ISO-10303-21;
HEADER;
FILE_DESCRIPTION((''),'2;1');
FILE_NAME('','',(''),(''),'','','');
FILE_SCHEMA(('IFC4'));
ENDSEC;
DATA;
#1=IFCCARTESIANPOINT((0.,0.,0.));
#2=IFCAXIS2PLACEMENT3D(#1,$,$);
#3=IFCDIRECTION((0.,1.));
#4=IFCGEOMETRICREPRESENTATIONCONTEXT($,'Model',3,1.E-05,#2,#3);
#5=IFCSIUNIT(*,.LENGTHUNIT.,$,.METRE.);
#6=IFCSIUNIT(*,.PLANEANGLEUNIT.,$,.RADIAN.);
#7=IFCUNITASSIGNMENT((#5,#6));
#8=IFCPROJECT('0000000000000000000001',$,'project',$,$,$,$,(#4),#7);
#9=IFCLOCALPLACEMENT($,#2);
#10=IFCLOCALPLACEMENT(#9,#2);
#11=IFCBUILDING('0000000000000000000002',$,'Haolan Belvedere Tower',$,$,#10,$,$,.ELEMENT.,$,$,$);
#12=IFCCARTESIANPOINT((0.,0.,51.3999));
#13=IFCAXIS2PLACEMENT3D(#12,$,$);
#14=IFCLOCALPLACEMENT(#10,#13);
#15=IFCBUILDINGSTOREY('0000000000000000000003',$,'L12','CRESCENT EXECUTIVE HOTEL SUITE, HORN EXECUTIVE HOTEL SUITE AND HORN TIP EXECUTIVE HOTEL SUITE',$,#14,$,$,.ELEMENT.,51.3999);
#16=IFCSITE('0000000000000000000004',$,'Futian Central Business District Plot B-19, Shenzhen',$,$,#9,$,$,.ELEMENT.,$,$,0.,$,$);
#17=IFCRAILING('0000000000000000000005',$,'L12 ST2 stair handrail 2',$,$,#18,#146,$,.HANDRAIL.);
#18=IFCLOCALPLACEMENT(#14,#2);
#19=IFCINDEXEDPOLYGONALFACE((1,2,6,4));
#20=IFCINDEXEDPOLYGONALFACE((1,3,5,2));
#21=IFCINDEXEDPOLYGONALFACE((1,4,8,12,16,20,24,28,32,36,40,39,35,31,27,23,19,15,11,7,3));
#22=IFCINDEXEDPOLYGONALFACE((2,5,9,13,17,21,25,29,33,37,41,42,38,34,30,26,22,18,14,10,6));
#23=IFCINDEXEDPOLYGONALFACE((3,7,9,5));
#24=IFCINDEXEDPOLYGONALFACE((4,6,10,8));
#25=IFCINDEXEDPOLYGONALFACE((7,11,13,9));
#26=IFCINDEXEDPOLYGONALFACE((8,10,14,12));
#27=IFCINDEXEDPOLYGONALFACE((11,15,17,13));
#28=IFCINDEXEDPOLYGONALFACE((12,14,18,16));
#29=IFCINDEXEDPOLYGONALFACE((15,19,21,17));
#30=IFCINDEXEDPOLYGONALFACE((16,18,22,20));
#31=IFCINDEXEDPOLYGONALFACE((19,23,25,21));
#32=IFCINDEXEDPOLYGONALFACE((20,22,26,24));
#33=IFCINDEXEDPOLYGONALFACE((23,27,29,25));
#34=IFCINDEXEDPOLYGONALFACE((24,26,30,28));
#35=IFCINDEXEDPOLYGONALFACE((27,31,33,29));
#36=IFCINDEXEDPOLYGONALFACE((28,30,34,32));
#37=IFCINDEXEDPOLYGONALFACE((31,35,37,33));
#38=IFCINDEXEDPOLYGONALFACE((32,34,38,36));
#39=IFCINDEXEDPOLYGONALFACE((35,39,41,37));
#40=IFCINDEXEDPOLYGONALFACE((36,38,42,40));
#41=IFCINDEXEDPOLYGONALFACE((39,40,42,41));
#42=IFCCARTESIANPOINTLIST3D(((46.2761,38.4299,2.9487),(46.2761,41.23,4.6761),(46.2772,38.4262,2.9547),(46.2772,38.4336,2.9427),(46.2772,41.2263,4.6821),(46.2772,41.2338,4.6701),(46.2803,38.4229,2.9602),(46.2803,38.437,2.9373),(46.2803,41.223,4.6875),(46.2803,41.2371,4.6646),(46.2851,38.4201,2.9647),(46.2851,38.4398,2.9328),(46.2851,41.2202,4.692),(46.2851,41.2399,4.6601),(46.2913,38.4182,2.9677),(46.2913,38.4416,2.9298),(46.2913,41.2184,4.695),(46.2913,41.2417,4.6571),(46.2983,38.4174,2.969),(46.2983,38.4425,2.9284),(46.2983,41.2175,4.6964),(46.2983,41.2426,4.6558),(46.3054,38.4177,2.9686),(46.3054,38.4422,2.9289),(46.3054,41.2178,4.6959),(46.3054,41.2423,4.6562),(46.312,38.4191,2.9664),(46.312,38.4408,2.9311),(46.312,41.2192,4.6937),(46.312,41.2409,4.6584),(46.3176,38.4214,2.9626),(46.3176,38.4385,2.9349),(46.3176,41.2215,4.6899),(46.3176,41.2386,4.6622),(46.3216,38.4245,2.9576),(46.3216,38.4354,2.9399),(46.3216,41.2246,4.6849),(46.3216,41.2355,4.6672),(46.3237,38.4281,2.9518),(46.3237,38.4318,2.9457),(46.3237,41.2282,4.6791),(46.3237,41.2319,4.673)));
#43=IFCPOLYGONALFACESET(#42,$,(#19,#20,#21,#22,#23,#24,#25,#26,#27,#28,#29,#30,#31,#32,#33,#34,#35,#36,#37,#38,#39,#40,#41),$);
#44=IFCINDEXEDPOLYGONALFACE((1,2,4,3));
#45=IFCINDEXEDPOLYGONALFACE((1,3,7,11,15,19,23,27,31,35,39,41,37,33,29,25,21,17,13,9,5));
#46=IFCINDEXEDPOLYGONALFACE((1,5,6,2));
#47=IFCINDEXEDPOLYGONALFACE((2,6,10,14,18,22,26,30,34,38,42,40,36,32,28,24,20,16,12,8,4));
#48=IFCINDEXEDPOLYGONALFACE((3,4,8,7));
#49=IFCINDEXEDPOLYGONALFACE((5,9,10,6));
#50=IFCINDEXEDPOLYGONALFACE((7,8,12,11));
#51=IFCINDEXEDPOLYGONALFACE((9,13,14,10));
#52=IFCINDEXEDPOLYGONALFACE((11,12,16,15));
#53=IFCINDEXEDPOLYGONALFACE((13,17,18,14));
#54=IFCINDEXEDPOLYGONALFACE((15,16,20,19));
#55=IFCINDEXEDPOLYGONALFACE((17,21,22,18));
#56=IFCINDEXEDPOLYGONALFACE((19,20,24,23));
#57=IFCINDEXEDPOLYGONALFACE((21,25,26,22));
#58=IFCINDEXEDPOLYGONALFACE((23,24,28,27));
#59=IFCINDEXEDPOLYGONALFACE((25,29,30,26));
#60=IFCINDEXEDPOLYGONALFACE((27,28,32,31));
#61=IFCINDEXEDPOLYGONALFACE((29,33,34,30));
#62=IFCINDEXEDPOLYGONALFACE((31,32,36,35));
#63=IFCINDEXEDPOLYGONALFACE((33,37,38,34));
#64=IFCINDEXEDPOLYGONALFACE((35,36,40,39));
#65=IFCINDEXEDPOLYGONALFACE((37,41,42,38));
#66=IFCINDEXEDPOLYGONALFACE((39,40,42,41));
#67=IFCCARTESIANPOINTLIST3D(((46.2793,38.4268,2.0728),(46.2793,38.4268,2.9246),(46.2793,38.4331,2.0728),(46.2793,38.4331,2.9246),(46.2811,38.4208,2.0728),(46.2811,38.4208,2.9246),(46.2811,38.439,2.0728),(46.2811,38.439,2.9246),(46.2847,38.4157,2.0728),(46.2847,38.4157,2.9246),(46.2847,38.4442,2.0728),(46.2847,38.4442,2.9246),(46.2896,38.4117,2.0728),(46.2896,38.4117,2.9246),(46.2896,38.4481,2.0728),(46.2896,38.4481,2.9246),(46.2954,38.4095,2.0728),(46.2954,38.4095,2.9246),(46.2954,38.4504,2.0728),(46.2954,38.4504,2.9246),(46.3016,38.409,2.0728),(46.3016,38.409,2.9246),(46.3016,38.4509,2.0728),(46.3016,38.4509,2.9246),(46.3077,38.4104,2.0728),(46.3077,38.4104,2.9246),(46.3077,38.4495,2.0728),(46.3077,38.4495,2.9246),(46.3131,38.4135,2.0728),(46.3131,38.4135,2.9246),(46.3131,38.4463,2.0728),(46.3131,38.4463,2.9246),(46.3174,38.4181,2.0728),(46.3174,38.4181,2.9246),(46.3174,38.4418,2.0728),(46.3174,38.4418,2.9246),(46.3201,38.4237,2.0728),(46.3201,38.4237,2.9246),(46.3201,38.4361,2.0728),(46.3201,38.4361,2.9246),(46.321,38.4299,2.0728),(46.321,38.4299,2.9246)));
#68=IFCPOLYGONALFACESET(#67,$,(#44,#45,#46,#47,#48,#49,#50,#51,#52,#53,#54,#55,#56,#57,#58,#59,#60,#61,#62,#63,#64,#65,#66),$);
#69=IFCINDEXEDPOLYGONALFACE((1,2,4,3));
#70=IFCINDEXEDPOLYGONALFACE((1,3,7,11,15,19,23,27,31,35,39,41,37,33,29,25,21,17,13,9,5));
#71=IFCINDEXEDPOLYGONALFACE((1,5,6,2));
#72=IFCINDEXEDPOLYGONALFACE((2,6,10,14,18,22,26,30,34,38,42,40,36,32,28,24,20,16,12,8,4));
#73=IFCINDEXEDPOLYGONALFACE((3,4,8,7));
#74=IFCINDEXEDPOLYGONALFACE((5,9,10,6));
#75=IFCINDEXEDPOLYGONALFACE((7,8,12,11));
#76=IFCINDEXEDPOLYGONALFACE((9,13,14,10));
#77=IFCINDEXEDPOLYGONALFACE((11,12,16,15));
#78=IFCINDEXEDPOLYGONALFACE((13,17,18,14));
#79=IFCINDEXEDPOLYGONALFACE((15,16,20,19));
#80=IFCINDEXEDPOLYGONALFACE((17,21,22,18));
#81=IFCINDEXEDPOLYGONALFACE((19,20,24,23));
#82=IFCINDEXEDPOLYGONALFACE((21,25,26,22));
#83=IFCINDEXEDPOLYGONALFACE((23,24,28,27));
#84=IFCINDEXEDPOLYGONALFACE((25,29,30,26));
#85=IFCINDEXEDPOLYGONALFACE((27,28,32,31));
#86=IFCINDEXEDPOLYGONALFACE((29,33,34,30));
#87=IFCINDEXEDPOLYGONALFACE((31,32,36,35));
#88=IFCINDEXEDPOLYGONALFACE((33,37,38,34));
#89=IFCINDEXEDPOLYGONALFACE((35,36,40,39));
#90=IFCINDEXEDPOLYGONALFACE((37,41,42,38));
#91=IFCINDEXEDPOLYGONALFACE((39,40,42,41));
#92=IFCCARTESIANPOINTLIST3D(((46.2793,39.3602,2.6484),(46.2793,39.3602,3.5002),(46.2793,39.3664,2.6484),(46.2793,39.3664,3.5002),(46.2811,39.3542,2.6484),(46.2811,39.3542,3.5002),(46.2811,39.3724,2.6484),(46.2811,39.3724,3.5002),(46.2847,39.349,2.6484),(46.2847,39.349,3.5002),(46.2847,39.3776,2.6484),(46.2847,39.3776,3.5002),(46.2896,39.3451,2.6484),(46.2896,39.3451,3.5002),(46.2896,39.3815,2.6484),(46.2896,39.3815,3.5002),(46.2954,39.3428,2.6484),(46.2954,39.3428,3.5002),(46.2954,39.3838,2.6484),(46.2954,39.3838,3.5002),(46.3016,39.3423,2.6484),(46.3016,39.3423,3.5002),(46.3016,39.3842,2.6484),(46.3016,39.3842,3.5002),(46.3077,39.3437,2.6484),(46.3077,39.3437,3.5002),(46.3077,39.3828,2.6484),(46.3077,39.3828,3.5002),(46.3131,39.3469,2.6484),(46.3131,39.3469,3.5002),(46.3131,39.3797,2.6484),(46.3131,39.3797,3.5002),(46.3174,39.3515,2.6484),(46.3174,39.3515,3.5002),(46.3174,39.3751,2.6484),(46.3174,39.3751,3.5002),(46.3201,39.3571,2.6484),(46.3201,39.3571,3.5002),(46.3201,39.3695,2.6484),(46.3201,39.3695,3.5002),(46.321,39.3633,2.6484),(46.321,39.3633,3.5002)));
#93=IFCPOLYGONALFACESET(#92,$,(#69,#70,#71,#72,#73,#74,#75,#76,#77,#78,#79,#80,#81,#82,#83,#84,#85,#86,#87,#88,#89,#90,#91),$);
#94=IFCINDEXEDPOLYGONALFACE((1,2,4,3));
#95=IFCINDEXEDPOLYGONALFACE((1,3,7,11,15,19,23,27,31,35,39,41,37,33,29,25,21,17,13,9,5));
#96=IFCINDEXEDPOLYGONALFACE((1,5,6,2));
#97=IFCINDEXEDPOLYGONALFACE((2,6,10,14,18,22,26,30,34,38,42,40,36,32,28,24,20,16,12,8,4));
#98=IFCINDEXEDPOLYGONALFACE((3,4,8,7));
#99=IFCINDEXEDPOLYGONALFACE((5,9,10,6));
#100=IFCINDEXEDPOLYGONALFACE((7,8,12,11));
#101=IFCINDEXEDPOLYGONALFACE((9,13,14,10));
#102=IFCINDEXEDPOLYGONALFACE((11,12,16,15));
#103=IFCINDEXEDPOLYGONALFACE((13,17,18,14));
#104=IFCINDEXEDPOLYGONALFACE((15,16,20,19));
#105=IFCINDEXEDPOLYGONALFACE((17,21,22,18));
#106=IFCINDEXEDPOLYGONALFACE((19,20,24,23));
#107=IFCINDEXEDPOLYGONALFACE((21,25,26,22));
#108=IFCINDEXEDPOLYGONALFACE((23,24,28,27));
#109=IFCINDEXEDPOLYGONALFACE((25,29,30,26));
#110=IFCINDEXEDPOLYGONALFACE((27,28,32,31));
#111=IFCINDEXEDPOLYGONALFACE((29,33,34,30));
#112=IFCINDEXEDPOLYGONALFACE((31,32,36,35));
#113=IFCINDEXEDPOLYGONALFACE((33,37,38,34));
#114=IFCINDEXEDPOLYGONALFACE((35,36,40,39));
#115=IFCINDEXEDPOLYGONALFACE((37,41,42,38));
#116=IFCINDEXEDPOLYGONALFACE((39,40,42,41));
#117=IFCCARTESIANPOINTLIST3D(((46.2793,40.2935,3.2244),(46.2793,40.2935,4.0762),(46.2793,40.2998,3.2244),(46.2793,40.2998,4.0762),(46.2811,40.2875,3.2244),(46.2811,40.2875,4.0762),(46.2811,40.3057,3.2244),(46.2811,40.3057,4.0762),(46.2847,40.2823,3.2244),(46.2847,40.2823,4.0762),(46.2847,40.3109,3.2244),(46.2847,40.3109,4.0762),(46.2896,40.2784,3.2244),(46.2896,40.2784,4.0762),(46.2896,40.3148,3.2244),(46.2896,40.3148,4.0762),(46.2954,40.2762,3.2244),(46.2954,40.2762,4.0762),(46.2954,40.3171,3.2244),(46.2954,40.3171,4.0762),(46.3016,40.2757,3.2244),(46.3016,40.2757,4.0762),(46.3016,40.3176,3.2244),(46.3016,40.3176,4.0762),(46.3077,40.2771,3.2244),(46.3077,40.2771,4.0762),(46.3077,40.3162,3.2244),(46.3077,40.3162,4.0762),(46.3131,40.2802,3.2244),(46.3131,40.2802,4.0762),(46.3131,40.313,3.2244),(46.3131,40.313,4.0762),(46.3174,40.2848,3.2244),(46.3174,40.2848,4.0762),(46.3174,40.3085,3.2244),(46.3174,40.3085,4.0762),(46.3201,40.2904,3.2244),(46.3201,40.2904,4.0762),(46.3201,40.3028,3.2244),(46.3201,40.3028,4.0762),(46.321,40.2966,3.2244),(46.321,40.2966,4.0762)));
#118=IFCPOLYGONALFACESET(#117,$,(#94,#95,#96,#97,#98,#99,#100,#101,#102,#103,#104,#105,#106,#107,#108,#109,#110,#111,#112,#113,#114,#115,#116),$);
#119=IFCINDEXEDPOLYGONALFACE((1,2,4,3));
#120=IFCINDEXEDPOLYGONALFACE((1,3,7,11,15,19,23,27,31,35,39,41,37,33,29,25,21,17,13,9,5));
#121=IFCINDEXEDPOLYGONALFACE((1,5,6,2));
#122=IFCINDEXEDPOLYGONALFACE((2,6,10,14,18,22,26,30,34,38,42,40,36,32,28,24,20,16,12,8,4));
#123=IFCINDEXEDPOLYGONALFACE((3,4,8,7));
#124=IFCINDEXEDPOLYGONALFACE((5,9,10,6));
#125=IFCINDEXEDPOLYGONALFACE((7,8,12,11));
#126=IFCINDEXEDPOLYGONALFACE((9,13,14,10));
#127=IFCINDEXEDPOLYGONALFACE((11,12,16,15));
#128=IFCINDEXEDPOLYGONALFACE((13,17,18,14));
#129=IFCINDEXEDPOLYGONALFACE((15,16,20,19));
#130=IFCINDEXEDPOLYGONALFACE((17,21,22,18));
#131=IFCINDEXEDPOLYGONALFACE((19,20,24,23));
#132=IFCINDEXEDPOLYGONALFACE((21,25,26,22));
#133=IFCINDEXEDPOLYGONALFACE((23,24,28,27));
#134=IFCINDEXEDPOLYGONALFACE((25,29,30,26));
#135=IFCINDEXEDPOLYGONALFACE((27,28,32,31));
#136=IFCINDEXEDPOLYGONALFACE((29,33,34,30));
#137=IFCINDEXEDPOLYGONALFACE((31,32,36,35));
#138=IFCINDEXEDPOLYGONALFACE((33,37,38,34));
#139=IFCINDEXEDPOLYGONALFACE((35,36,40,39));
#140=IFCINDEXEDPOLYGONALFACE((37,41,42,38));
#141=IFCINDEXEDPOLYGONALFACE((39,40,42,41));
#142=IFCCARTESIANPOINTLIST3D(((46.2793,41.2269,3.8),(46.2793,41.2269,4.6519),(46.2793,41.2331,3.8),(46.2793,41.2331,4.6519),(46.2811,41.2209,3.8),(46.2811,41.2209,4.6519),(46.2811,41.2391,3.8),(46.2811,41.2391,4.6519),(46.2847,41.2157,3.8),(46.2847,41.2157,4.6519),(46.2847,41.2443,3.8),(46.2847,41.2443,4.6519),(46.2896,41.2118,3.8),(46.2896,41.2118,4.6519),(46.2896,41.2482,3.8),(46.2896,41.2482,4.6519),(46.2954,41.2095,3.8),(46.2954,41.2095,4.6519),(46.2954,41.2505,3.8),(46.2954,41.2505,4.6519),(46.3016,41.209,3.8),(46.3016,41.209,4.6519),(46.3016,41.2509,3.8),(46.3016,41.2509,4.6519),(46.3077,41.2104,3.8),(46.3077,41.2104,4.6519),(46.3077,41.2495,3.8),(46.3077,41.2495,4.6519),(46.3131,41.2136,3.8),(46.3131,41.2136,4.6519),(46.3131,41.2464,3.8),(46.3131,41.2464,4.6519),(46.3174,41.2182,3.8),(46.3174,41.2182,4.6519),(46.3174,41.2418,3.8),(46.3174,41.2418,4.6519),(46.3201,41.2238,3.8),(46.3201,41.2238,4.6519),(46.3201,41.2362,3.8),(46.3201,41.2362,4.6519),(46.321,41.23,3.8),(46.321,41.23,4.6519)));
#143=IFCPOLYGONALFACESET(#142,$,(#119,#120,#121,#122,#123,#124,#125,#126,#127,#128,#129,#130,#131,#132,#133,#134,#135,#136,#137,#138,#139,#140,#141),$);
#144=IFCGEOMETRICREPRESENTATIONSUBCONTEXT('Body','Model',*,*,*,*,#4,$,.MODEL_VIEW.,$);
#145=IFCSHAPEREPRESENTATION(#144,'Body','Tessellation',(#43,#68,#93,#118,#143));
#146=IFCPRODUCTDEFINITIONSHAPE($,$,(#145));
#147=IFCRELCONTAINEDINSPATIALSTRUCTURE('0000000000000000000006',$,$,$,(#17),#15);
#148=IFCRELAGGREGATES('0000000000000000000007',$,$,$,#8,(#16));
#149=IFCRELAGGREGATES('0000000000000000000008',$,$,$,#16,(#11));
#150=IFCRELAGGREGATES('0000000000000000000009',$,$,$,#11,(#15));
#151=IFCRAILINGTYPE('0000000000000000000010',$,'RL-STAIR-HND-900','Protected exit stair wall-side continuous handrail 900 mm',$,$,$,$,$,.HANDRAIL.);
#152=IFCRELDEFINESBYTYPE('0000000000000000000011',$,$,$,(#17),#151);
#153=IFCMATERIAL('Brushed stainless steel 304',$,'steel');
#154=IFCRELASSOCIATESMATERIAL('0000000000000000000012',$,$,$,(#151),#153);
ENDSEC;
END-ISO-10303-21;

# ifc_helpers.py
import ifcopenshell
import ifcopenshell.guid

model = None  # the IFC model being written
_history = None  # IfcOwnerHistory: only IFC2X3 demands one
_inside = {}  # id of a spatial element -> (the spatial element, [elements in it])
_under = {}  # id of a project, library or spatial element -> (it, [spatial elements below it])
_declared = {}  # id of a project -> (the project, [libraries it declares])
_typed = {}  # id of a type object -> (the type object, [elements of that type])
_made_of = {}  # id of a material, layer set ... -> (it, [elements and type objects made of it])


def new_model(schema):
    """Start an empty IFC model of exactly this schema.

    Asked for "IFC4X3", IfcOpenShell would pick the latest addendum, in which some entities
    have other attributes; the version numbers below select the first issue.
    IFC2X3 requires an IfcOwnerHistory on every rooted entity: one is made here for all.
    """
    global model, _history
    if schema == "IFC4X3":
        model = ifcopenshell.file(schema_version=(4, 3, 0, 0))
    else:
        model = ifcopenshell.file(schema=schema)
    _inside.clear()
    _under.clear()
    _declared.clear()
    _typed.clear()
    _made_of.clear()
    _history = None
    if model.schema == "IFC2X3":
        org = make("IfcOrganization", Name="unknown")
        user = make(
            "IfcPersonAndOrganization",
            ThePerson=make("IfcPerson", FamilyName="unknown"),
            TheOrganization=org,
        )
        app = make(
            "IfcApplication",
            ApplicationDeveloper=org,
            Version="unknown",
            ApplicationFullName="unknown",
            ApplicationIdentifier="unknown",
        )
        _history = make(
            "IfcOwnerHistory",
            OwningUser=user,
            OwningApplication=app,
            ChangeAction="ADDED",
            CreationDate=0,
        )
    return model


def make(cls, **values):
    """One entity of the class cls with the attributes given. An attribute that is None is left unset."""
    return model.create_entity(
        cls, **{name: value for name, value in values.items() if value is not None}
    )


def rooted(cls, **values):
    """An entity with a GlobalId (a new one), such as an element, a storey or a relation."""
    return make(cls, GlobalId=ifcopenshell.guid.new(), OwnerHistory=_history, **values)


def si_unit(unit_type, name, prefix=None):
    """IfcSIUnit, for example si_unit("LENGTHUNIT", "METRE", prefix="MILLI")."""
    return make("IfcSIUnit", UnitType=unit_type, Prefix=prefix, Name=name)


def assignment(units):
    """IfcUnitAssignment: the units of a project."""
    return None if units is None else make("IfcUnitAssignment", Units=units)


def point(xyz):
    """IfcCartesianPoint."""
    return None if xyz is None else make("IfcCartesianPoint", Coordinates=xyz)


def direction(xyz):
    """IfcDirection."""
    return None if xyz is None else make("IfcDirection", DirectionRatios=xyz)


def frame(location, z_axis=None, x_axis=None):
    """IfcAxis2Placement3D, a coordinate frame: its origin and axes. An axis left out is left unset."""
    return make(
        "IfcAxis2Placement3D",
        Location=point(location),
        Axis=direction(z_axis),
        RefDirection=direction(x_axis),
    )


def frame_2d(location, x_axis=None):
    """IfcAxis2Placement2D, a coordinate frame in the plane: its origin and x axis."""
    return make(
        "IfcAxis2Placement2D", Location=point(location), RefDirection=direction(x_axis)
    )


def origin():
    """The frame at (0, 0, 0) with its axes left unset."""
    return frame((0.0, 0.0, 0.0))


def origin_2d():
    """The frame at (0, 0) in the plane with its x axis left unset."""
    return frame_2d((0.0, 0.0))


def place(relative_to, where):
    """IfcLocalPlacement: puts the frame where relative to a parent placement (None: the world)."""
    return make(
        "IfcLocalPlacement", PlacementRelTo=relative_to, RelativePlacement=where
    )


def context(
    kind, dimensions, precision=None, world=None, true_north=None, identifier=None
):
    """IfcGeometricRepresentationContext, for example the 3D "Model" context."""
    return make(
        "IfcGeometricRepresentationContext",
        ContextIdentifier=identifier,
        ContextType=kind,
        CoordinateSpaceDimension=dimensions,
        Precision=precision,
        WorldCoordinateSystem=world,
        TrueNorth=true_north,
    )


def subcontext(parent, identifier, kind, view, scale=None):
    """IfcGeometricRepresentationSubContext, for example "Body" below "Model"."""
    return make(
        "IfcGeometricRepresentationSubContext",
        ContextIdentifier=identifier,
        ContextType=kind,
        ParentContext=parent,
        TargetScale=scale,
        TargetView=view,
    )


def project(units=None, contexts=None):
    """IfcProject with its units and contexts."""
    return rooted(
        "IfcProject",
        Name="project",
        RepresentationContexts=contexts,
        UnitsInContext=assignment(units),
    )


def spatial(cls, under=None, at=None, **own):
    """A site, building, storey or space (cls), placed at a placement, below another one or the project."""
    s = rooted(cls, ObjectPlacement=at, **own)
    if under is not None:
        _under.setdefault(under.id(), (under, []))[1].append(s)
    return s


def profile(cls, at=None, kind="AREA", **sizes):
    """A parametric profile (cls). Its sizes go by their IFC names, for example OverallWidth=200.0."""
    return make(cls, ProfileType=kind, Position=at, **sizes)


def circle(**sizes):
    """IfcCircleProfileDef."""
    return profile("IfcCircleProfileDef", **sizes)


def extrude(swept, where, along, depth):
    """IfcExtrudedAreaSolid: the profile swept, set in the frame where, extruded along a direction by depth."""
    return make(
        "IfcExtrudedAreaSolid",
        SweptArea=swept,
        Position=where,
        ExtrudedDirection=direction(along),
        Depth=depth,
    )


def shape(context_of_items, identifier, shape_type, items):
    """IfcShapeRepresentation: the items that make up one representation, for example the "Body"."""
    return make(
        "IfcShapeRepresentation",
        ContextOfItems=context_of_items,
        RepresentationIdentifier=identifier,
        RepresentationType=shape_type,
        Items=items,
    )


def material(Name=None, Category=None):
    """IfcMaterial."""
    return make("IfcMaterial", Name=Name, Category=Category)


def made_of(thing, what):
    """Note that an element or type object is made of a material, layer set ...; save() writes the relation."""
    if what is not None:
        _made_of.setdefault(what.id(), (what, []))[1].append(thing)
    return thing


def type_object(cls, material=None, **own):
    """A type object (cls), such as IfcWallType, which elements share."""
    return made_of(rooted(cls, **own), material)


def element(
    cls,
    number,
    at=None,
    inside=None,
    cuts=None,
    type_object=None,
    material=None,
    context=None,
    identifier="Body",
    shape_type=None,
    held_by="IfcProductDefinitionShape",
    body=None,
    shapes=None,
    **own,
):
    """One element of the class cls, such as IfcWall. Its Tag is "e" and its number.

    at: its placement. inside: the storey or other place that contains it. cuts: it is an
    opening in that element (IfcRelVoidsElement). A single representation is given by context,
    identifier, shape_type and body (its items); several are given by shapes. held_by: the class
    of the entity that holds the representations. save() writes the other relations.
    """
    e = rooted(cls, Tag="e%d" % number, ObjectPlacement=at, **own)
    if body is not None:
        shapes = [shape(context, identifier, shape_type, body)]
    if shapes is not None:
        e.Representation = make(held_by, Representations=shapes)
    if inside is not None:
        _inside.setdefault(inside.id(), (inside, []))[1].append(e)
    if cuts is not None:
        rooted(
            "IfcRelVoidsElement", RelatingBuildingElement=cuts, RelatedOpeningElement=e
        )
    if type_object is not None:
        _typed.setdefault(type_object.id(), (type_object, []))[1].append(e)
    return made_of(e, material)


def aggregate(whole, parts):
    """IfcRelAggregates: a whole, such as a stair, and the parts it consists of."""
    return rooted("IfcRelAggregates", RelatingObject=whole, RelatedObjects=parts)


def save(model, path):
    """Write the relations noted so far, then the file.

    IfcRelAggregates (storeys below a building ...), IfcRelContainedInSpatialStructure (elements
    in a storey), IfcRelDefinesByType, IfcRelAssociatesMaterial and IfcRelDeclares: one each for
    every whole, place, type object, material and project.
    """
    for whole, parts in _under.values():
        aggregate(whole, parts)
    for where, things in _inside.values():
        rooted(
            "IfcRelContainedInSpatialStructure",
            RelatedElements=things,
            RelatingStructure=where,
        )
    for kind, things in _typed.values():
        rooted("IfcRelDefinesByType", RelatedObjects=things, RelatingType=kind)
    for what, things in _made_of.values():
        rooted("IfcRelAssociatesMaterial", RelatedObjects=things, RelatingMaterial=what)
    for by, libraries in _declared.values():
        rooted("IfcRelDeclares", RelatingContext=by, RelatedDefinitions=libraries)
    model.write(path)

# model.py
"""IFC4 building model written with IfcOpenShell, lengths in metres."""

from ifc_helpers import new_model, si_unit, direction, frame, origin, origin_2d, place, context, subcontext, project, spatial, circle, extrude, material, type_object, element, save


model = new_model("IFC4")

# Units and contexts
model_context = context("Model", 3, precision=1e-05, world=origin(), true_north=direction((0.0, 1.0)))
body_context = subcontext(model_context, "Body", "Model", "MODEL_VIEW")
ifc_project = project(units=[si_unit("LENGTHUNIT", "METRE"), si_unit("PLANEANGLEUNIT", "RADIAN")], contexts=[model_context])

# Site, building, storey
site_placement = place(None, origin())
site = spatial("IfcSite", under=ifc_project, at=site_placement, Name="Futian Central Business District Plot B-19, Shenzhen", CompositionType="ELEMENT", RefElevation=0.0)
building_placement = place(site_placement, origin())
building = spatial("IfcBuilding", under=site, at=building_placement, Name="Haolan Belvedere Tower", CompositionType="ELEMENT")
storey_placement = place(building_placement, frame((0.0, 0.0, 51.3999)))
storey = spatial("IfcBuildingStorey", under=building, at=storey_placement, Name="L12", Description="CRESCENT EXECUTIVE HOTEL SUITE, HORN EXECUTIVE HOTEL SUITE AND HORN TIP EXECUTIVE HOTEL SUITE", CompositionType="ELEMENT", Elevation=51.3999)

# Railing
ifc_material_1 = material(Name="Brushed stainless steel 304", Category="steel")
railing_type_1 = type_object("IfcRailingType", Name="RL-STAIR-HND-900", Description="Protected exit stair wall-side continuous handrail 900 mm", PredefinedType="HANDRAIL", material=ifc_material_1)
railing_1_placement = place(storey_placement, frame((46.3, 38.4299, 2.0728)))
element("IfcRailing", 1, at=railing_1_placement, inside=storey, type_object=railing_type_1, Name="L12 ST2 stair handrail 2", PredefinedType="HANDRAIL", context=body_context, shape_type="SweptSolid", body=[
    extrude(circle(Radius=0.0239, at=origin_2d()), frame((0.0, 0.0, 0.876), z_axis=(0.0, 0.85109, 0.52502), x_axis=(-1.0, 0.0, 0.0)), (0.0, 0.0, 1.0), 3.29),
    extrude(circle(Radius=0.021, at=origin_2d()), origin(), (0.0, 0.0, 1.0), 0.8518),
    extrude(circle(Radius=0.021, at=origin_2d()), frame((0.0, 0.9333, 0.5757)), (0.0, 0.0, 1.0), 0.8518),
    extrude(circle(Radius=0.021, at=origin_2d()), frame((0.0, 1.8667, 1.1516)), (0.0, 0.0, 1.0), 0.8518),
    extrude(circle(Radius=0.021, at=origin_2d()), frame((0.0, 2.8, 1.7273)), (0.0, 0.0, 1.0), 0.8518),
])

save(model, "model.ifc")
